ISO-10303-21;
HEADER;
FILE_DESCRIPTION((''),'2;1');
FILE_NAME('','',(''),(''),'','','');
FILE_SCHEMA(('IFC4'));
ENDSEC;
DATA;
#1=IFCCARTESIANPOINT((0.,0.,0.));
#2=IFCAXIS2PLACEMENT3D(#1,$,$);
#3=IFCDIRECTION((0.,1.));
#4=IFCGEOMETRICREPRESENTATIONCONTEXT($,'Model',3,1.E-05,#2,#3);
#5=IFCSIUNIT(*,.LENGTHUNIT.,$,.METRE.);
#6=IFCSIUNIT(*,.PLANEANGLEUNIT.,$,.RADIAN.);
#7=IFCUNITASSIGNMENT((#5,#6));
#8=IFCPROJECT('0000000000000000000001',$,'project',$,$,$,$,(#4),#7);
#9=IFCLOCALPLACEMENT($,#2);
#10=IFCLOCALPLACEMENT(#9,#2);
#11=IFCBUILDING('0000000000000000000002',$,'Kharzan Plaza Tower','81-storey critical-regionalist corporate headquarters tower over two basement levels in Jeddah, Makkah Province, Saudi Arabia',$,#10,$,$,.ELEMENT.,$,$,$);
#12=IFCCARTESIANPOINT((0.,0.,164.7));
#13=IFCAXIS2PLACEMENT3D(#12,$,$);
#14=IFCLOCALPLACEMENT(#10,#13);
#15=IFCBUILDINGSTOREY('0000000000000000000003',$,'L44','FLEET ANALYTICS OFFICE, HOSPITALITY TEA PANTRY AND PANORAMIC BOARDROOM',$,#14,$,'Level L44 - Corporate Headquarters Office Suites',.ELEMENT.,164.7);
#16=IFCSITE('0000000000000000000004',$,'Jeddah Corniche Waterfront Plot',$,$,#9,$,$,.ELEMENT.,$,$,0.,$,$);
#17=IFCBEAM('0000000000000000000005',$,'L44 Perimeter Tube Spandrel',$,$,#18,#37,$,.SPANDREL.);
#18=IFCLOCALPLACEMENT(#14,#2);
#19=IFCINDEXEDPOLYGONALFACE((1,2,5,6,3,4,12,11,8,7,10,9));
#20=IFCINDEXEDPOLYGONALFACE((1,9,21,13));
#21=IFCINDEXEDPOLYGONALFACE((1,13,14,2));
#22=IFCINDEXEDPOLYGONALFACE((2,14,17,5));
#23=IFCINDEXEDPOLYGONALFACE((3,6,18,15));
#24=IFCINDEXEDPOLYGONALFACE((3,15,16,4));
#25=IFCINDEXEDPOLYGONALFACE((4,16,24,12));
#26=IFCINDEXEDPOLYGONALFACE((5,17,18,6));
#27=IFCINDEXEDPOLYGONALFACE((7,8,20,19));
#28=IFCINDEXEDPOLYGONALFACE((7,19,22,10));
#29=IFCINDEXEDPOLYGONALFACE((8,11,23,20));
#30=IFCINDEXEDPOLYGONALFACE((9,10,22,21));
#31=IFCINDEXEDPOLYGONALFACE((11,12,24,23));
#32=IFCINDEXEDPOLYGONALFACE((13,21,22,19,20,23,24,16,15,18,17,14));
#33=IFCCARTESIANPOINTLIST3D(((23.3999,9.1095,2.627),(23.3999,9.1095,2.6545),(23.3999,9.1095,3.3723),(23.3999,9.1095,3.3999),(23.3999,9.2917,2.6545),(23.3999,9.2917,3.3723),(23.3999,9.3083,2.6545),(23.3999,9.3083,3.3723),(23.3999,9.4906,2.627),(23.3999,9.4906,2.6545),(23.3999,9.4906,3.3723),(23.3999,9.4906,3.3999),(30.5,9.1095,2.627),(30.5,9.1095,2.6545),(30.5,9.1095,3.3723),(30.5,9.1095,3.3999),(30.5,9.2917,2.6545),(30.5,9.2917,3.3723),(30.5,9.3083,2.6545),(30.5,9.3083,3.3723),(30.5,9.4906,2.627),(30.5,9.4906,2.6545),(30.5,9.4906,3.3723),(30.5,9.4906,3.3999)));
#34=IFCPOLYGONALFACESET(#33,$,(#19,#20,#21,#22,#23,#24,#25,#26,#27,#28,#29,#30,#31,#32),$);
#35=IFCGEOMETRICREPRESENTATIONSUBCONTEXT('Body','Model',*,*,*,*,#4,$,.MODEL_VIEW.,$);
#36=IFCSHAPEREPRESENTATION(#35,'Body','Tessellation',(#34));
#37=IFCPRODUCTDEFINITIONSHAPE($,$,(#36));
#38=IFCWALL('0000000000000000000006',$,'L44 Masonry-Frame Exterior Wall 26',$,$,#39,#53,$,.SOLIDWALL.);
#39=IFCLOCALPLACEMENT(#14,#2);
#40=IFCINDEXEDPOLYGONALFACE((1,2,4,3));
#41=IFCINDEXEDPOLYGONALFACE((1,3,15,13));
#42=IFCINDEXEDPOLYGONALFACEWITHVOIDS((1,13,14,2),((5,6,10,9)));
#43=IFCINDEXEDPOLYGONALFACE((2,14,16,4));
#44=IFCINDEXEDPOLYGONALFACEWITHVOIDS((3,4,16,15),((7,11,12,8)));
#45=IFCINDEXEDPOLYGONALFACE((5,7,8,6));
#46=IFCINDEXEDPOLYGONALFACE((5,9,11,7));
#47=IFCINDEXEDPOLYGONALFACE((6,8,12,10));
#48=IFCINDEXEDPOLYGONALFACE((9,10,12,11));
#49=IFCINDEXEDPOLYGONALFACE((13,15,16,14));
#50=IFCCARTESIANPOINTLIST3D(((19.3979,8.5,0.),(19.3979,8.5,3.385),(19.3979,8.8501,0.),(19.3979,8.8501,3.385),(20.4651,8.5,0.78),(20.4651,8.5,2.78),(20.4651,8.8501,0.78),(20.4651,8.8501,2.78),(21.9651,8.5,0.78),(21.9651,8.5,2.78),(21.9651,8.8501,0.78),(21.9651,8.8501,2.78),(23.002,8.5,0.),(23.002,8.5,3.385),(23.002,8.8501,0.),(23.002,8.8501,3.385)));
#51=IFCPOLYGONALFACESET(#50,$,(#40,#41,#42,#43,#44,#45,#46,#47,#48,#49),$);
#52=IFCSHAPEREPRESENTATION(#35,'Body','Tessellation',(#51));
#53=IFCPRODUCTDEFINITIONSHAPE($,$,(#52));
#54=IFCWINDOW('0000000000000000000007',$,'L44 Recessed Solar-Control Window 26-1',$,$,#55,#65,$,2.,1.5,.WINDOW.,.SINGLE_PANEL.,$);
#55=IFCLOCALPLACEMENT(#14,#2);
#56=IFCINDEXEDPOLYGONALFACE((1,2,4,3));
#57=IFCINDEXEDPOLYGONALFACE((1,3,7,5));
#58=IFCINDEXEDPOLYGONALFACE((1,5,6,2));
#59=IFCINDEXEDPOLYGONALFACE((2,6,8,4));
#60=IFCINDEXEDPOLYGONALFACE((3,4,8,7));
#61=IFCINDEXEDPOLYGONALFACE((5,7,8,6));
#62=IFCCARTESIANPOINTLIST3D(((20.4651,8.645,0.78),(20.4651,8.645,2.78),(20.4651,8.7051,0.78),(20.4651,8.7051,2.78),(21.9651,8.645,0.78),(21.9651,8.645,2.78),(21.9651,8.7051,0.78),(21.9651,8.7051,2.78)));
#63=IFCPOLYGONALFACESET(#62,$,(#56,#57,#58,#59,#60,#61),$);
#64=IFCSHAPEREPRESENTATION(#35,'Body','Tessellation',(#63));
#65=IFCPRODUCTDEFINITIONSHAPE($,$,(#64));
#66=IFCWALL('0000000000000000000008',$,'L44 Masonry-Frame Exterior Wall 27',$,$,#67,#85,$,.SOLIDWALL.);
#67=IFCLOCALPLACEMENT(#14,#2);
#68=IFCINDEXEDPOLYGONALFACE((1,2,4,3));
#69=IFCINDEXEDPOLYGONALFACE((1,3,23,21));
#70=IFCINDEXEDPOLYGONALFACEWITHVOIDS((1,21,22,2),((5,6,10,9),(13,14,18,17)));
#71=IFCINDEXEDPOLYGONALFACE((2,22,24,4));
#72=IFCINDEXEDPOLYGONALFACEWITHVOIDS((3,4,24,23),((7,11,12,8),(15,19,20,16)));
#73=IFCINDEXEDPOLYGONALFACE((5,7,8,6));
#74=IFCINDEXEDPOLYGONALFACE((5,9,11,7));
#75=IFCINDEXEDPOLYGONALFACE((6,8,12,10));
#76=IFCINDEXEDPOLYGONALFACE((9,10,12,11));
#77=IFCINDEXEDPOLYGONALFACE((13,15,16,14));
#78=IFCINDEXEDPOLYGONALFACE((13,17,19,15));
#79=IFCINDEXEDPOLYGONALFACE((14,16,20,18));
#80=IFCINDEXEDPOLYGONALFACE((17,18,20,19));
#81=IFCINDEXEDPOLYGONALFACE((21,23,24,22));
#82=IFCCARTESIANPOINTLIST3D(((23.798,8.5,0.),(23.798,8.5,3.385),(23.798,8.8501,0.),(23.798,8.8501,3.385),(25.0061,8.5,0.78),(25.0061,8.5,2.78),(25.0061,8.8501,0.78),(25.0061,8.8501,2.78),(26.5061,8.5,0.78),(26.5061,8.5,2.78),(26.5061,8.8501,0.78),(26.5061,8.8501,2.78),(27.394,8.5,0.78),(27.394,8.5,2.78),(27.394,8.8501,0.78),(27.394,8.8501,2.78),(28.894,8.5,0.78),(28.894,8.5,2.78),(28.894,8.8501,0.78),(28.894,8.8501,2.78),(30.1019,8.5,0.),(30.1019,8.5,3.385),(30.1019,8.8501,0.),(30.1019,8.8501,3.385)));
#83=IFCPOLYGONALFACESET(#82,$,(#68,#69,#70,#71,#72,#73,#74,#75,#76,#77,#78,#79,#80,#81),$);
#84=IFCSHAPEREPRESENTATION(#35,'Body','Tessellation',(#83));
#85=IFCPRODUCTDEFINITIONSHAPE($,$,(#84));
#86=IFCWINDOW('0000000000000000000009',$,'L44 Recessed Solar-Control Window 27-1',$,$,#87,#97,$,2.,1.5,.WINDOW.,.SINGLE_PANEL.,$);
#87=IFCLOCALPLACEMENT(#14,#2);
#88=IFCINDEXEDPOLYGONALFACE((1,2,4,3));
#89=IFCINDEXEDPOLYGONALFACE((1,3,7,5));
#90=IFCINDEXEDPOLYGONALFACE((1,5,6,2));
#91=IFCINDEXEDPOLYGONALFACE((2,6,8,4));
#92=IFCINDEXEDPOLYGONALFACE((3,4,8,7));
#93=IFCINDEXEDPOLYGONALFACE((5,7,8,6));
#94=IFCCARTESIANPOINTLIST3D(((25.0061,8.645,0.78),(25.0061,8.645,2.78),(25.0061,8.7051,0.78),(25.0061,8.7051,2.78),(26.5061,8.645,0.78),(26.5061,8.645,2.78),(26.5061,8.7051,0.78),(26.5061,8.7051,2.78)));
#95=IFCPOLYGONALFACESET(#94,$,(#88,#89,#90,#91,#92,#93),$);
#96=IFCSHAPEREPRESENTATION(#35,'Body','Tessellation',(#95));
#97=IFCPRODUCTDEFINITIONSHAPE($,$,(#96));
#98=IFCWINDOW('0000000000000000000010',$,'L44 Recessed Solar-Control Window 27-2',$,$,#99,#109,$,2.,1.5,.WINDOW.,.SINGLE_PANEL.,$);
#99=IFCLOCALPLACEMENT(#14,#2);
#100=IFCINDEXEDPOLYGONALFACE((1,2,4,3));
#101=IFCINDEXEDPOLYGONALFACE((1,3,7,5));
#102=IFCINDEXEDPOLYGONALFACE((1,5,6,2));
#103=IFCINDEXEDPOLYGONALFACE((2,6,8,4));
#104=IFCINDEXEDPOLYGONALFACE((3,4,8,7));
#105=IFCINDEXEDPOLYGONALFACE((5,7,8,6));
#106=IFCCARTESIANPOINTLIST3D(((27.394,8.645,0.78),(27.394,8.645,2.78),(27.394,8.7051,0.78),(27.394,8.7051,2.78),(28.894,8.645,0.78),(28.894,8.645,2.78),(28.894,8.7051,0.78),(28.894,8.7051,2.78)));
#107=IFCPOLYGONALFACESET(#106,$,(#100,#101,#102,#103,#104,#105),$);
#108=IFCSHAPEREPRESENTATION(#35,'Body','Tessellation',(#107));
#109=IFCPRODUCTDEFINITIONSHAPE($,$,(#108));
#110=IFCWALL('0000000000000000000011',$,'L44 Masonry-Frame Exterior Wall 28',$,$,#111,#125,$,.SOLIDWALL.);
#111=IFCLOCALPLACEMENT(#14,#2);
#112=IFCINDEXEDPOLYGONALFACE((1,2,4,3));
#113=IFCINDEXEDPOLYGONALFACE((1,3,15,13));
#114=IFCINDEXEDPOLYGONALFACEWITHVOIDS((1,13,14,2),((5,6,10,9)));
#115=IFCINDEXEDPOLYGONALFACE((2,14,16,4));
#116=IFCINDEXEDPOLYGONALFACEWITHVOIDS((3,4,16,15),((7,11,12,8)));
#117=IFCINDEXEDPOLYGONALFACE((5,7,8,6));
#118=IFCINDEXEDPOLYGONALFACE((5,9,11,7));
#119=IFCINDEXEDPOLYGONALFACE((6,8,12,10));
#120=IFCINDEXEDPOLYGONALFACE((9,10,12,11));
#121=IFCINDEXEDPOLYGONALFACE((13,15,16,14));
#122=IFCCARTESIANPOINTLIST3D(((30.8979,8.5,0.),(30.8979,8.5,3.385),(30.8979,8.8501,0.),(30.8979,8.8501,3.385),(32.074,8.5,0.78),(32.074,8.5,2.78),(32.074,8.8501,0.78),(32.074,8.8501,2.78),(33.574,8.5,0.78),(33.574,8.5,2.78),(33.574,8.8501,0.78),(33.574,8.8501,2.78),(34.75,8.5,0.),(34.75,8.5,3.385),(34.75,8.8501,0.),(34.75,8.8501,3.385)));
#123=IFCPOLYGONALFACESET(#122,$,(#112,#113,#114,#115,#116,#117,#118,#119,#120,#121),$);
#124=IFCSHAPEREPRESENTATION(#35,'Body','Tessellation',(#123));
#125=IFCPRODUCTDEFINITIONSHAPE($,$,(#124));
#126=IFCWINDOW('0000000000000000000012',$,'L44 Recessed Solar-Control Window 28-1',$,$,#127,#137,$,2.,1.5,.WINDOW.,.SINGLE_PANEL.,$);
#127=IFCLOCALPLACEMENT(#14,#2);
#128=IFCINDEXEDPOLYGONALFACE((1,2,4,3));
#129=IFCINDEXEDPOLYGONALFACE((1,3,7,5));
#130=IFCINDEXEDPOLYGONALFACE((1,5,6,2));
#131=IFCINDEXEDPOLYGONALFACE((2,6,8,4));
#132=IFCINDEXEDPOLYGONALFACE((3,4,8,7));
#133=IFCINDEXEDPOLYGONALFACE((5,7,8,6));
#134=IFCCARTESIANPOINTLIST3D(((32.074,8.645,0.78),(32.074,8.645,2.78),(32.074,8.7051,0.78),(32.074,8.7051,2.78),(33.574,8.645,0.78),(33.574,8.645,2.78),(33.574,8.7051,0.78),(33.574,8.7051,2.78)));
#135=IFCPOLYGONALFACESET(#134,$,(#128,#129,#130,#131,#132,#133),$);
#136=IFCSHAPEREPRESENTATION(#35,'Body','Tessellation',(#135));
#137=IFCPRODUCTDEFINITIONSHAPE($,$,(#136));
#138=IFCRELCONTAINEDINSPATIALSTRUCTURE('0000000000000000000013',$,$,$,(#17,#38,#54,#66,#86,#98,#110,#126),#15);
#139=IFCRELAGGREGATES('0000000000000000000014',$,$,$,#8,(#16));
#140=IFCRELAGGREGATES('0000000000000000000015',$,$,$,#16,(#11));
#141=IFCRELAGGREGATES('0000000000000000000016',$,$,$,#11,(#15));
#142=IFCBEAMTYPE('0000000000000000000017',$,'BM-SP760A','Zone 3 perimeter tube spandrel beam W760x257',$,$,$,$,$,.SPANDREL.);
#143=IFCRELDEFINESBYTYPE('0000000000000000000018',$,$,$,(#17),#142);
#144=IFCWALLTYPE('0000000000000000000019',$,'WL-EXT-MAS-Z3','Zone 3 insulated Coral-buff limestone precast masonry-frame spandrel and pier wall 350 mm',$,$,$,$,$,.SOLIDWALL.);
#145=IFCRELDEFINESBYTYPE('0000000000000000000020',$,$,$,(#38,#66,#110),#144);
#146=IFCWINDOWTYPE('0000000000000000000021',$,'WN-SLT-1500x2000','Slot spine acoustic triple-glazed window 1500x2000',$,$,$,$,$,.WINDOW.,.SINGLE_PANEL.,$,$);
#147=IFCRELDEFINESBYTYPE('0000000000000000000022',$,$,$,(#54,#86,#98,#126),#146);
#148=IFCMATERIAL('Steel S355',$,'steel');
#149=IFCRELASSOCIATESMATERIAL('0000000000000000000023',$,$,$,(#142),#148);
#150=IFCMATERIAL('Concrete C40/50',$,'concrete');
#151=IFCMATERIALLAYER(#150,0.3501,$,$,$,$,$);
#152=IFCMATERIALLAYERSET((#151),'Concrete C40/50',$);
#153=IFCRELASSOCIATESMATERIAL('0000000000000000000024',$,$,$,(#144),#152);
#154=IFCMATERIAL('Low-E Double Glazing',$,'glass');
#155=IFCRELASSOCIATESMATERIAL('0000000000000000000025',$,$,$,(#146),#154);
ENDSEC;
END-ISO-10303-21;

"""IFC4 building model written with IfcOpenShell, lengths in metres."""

from ifc_helpers import new_model, si_unit, direction, frame, frame_2d, origin, origin_2d, place, context, subcontext, project, spatial, rectangle, i_section, extrude, source, transform, mapped, material, layer, layer_set, material_profile, profile_set, type_object, element, fill, save


model = new_model("IFC4")

# Units and contexts
model_context = context("Model", 3, precision=1e-05, world=origin(), true_north=direction((0.0, 1.0)))
body_context = subcontext(model_context, "Body", "Model", "MODEL_VIEW")
ifc_project = project(units=[si_unit("LENGTHUNIT", "METRE"), si_unit("PLANEANGLEUNIT", "RADIAN")], contexts=[model_context])

# Site, building, storey
site_placement = place(None, origin())
site = spatial("IfcSite", under=ifc_project, at=site_placement, Name="Jeddah Corniche Waterfront Plot", CompositionType="ELEMENT", RefElevation=0.0)
building_placement = place(site_placement, origin())
building = spatial("IfcBuilding", under=site, at=building_placement, Name="Kharzan Plaza Tower", Description="81-storey critical-regionalist corporate headquarters tower over two basement levels in Jeddah, Makkah Province, Saudi Arabia", CompositionType="ELEMENT")
storey_placement = place(building_placement, frame((0.0, 0.0, 164.7)))
storey = spatial("IfcBuildingStorey", under=building, at=storey_placement, Name="L44", Description="FLEET ANALYTICS OFFICE, HOSPITALITY TEA PANTRY AND PANORAMIC BOARDROOM", LongName="Level L44 - Corporate Headquarters Office Suites", CompositionType="ELEMENT", Elevation=164.7)

# Beam
ifc_material_1 = material(Name="Steel S355", Category="steel")
ifc_material_profile_1 = material_profile(ifc_material_1, i_section(OverallWidth=0.3811, OverallDepth=0.7729, WebThickness=0.0166, FlangeThickness=0.0276, at=origin_2d()), Name="W760x257")
ifc_profile_set_1 = profile_set([ifc_material_profile_1], Name="Steel S355")
beam_type_1 = type_object("IfcBeamType", Name="BM-SP760A", Description="Zone 3 perimeter tube spandrel beam W760x257", PredefinedType="SPANDREL", material=ifc_profile_set_1)
shared_shape_1 = source(origin(), body_context, "Body", "SweptSolid", [
    extrude(i_section(OverallWidth=0.3811, OverallDepth=0.7729, WebThickness=0.0166, FlangeThickness=0.0276, at=origin_2d()), origin(), (0.0, 0.0, 1.0), 7.1001),
])
beam_1_placement = place(storey_placement, frame((23.3999, 9.3, 3.0134), z_axis=(1.0, 0.0, 0.0), x_axis=(0.0, 1.0, 0.0)))
element("IfcBeam", 1, at=beam_1_placement, inside=storey, type_object=beam_type_1, Name="L44 Perimeter Tube Spandrel", PredefinedType="SPANDREL", context=body_context, shape_type="MappedRepresentation", body=[
    mapped(shared_shape_1, transform((0.0, 0.0, 0.0), x_axis=(1.0, 0.0, 0.0), y_axis=(0.0, 1.0, 0.0), z_axis=(0.0, 0.0, 1.0))),
])

# Wall, opening, window
ifc_material_2 = material(Name="Concrete C40/50", Category="concrete")
ifc_layer_1 = layer(ifc_material_2, 0.3501)
ifc_layer_set_1 = layer_set([ifc_layer_1], Name="Concrete C40/50")
wall_type_1 = type_object("IfcWallType", Name="WL-EXT-MAS-Z3", Description="Zone 3 insulated Coral-buff limestone precast masonry-frame spandrel and pier wall 350 mm", PredefinedType="SOLIDWALL", material=ifc_layer_set_1)
wall_1_placement = place(storey_placement, frame((19.3979, 8.675, 0.0), z_axis=(0.0, 0.0, 1.0), x_axis=(1.0, 0.0, 0.0)))
wall_1 = element("IfcWall", 2, at=wall_1_placement, inside=storey, type_object=wall_type_1, Name="L44 Masonry-Frame Exterior Wall 26", PredefinedType="SOLIDWALL", context=body_context, shape_type="SweptSolid", body=[
    extrude(rectangle(XDim=3.604, YDim=0.3501, at=frame_2d((1.802, 0.0))), origin(), (0.0, 0.0, 1.0), 3.385),
])
opening_1_placement = place(wall_1_placement, frame((1.0671, 0.0, 0.78)))
opening_1 = element("IfcOpeningElement", 3, at=opening_1_placement, cuts=wall_1, PredefinedType="OPENING", context=body_context, shape_type="SweptSolid", body=[
    extrude(rectangle(XDim=1.5, YDim=2.0, at=frame_2d((0.75, 1.0))), frame((0.0, 0.1851, 0.0), z_axis=(0.0, -1.0, 0.0), x_axis=(1.0, 0.0, 0.0)), (0.0, 0.0, 1.0), 0.3701),
])
ifc_material_3 = material(Name="Low-E Double Glazing", Category="glass")
window_type = type_object("IfcWindowType", Name="WN-SLT-1500x2000", Description="Slot spine acoustic triple-glazed window 1500x2000", PartitioningType="SINGLE_PANEL", PredefinedType="WINDOW", material=ifc_material_3)
shared_shape_2 = source(origin(), body_context, "Body", "SweptSolid", [
    extrude(rectangle(XDim=1.5, YDim=2.0, at=frame_2d((0.75, 1.0))), frame((0.0, 0.03, 0.0), z_axis=(0.0, -1.0, 0.0), x_axis=(1.0, 0.0, 0.0)), (0.0, 0.0, 1.0), 0.0601),
])
window_1_placement = place(opening_1_placement, origin())
window_1 = element("IfcWindow", 4, at=window_1_placement, inside=storey, type_object=window_type, Name="L44 Recessed Solar-Control Window 26-1", OverallHeight=2.0, OverallWidth=1.5, PartitioningType="SINGLE_PANEL", PredefinedType="WINDOW", context=body_context, shape_type="MappedRepresentation", body=[
    mapped(shared_shape_2, transform((0.0, 0.0, 0.0), x_axis=(1.0, 0.0, 0.0), y_axis=(0.0, 1.0, 0.0), z_axis=(0.0, 0.0, 1.0))),
])
fill(opening_1, window_1)

# Wall, openings, windows
wall_2_placement = place(storey_placement, frame((23.7981, 8.675, 0.0), z_axis=(0.0, 0.0, 1.0), x_axis=(1.0, 0.0, 0.0)))
wall_2 = element("IfcWall", 5, at=wall_2_placement, inside=storey, type_object=wall_type_1, Name="L44 Masonry-Frame Exterior Wall 27", PredefinedType="SOLIDWALL", context=body_context, shape_type="SweptSolid", body=[
    extrude(rectangle(XDim=6.304, YDim=0.3501, at=frame_2d((3.1519, 0.0))), origin(), (0.0, 0.0, 1.0), 3.385),
])
opening_2_placement = place(wall_2_placement, frame((1.208, 0.0, 0.78)))
opening_2 = element("IfcOpeningElement", 6, at=opening_2_placement, cuts=wall_2, PredefinedType="OPENING", context=body_context, shape_type="SweptSolid", body=[
    extrude(rectangle(XDim=1.5, YDim=2.0, at=frame_2d((0.75, 1.0))), frame((0.0, 0.1851, 0.0), z_axis=(0.0, -1.0, 0.0), x_axis=(1.0, 0.0, 0.0)), (0.0, 0.0, 1.0), 0.3701),
])
opening_3_placement = place(wall_2_placement, frame((3.5959, 0.0, 0.78)))
opening_3 = element("IfcOpeningElement", 7, at=opening_3_placement, cuts=wall_2, PredefinedType="OPENING", context=body_context, shape_type="SweptSolid", body=[
    extrude(rectangle(XDim=1.5, YDim=2.0, at=frame_2d((0.75, 1.0))), frame((0.0, 0.1851, 0.0), z_axis=(0.0, -1.0, 0.0), x_axis=(1.0, 0.0, 0.0)), (0.0, 0.0, 1.0), 0.3701),
])
window_2_placement = place(opening_2_placement, origin())
window_2 = element("IfcWindow", 8, at=window_2_placement, inside=storey, type_object=window_type, Name="L44 Recessed Solar-Control Window 27-1", OverallHeight=2.0, OverallWidth=1.5, PartitioningType="SINGLE_PANEL", PredefinedType="WINDOW", context=body_context, shape_type="MappedRepresentation", body=[
    mapped(shared_shape_2, transform((0.0, 0.0, 0.0), x_axis=(1.0, 0.0, 0.0), y_axis=(0.0, 1.0, 0.0), z_axis=(0.0, 0.0, 1.0))),
])
fill(opening_2, window_2)
window_3_placement = place(opening_3_placement, origin())
window_3 = element("IfcWindow", 9, at=window_3_placement, inside=storey, type_object=window_type, Name="L44 Recessed Solar-Control Window 27-2", OverallHeight=2.0, OverallWidth=1.5, PartitioningType="SINGLE_PANEL", PredefinedType="WINDOW", context=body_context, shape_type="MappedRepresentation", body=[
    mapped(shared_shape_2, transform((0.0, 0.0, 0.0), x_axis=(1.0, 0.0, 0.0), y_axis=(0.0, 1.0, 0.0), z_axis=(0.0, 0.0, 1.0))),
])
fill(opening_3, window_3)

# Wall, opening, window
wall_3_placement = place(storey_placement, frame((30.8979, 8.675, 0.0), z_axis=(0.0, 0.0, 1.0), x_axis=(1.0, 0.0, 0.0)))
wall_3 = element("IfcWall", 10, at=wall_3_placement, inside=storey, type_object=wall_type_1, Name="L44 Masonry-Frame Exterior Wall 28", PredefinedType="SOLIDWALL", context=body_context, shape_type="SweptSolid", body=[
    extrude(rectangle(XDim=3.8521, YDim=0.3501, at=frame_2d((1.926, 0.0))), origin(), (0.0, 0.0, 1.0), 3.385),
])
opening_4_placement = place(wall_3_placement, frame((1.176, 0.0, 0.78)))
opening_4 = element("IfcOpeningElement", 11, at=opening_4_placement, cuts=wall_3, PredefinedType="OPENING", context=body_context, shape_type="SweptSolid", body=[
    extrude(rectangle(XDim=1.5, YDim=2.0, at=frame_2d((0.75, 1.0))), frame((0.0, 0.1851, 0.0), z_axis=(0.0, -1.0, 0.0), x_axis=(1.0, 0.0, 0.0)), (0.0, 0.0, 1.0), 0.3701),
])
window_4_placement = place(opening_4_placement, origin())
window_4 = element("IfcWindow", 12, at=window_4_placement, inside=storey, type_object=window_type, Name="L44 Recessed Solar-Control Window 28-1", OverallHeight=2.0, OverallWidth=1.5, PartitioningType="SINGLE_PANEL", PredefinedType="WINDOW", context=body_context, shape_type="MappedRepresentation", body=[
    mapped(shared_shape_2, transform((0.0, 0.0, 0.0), x_axis=(1.0, 0.0, 0.0), y_axis=(0.0, 1.0, 0.0), z_axis=(0.0, 0.0, 1.0))),
])
fill(opening_4, window_4)

save(model, "model.ifc")
